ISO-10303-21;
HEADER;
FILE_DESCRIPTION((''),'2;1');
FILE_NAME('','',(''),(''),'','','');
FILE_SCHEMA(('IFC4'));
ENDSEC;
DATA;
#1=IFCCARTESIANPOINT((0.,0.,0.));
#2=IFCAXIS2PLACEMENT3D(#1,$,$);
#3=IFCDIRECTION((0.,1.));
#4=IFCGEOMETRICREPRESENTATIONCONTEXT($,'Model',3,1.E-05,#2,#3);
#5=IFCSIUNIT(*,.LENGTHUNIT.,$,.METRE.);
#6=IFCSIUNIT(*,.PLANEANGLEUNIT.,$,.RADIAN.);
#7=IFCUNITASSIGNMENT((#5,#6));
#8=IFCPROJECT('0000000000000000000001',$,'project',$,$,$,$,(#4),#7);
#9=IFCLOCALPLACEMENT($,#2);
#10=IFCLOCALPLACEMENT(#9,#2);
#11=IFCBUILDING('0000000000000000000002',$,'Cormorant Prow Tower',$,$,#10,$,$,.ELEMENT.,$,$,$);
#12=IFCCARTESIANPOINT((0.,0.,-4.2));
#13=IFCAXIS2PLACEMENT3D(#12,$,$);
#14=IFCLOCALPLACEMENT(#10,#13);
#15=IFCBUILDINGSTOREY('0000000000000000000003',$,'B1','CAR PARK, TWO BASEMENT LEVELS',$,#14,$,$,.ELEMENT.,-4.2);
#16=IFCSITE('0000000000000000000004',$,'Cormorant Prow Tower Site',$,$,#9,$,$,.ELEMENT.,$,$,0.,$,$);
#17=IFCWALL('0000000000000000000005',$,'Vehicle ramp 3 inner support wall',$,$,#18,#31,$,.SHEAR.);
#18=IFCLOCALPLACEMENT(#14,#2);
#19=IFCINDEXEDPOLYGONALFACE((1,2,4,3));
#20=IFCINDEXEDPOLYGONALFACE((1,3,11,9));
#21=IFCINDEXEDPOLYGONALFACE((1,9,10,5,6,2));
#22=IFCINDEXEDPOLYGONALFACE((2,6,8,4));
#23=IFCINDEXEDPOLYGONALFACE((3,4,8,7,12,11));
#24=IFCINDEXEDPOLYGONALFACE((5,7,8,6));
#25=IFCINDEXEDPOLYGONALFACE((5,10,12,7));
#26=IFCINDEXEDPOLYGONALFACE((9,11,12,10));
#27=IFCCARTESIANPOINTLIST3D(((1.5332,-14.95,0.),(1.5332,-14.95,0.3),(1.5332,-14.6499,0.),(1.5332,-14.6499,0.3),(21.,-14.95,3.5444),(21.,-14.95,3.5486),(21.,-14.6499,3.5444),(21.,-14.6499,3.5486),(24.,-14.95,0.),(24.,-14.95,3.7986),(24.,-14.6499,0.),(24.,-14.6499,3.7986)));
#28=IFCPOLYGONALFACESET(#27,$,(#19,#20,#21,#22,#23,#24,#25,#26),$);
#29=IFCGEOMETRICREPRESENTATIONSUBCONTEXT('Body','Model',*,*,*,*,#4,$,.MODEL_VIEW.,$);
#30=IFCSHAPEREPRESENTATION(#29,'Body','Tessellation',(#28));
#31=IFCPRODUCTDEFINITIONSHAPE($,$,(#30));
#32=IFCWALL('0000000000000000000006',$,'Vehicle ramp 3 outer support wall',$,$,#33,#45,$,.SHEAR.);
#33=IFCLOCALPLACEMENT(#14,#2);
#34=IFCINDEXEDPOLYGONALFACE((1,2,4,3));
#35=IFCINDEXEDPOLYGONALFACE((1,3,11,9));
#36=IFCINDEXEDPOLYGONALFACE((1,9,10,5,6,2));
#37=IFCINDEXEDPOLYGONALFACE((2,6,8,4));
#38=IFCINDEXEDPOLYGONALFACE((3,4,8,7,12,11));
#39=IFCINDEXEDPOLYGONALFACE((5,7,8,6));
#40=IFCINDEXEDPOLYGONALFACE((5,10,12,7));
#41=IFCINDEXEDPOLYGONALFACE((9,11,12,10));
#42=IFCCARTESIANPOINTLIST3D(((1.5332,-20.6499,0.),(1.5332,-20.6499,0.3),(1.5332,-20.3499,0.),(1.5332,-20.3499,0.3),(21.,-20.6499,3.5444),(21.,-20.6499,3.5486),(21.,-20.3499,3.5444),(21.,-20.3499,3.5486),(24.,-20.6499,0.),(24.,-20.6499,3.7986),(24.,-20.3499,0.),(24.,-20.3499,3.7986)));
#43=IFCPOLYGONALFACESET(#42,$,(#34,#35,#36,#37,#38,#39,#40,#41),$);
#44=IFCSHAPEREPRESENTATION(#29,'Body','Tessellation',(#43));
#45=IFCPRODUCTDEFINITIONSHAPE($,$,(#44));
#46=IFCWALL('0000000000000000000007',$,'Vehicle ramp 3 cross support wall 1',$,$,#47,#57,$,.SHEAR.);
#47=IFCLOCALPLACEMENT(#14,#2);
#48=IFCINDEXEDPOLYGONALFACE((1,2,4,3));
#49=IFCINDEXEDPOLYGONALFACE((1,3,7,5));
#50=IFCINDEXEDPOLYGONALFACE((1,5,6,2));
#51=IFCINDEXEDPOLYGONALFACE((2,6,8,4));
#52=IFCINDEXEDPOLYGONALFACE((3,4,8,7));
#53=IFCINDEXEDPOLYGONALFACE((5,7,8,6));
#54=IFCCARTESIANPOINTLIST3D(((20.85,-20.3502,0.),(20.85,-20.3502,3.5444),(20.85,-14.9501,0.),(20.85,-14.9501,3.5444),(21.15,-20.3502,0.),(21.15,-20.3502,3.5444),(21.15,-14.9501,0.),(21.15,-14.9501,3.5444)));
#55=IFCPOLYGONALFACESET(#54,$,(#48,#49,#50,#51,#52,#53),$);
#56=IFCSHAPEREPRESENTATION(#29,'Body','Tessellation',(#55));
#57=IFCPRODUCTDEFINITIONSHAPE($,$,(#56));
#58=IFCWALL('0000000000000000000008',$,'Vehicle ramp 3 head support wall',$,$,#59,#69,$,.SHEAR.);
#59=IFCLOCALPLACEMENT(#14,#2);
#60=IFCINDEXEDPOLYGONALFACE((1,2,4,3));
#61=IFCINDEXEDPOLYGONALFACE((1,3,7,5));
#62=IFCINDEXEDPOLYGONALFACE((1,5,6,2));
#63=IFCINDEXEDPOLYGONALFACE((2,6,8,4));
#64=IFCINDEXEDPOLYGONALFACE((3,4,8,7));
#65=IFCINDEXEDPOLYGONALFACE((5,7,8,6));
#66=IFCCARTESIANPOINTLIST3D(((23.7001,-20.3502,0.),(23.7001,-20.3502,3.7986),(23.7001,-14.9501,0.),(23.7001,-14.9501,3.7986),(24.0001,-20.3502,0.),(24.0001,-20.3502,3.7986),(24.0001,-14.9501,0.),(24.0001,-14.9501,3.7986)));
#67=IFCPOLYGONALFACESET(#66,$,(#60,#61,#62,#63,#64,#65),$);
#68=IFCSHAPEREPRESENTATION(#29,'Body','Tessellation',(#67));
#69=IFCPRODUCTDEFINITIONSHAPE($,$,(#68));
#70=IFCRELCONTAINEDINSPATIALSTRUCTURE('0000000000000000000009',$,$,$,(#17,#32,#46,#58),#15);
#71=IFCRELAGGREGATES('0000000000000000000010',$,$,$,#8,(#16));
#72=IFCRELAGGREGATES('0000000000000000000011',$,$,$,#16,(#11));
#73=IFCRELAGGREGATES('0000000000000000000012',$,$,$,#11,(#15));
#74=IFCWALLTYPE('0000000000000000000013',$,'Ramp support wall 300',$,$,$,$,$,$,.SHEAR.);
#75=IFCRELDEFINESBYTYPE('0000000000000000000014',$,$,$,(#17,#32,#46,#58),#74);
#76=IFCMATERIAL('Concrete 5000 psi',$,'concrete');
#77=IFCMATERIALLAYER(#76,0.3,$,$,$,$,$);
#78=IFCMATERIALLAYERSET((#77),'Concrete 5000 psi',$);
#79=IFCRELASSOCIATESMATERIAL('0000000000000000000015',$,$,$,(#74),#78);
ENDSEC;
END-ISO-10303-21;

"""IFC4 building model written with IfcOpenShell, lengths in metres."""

from ifc_helpers import new_model, si_unit, direction, frame, frame_2d, origin, place, context, subcontext, project, spatial, polyline, rectangle, outline, extrude, material, layer, layer_set, type_object, element, save


model = new_model("IFC4")

# Units and contexts
model_context = context("Model", 3, precision=1e-05, world=origin(), true_north=direction((0.0, 1.0)))
body_context = subcontext(model_context, "Body", "Model", "MODEL_VIEW")
ifc_project = project(units=[si_unit("LENGTHUNIT", "METRE"), si_unit("PLANEANGLEUNIT", "RADIAN")], contexts=[model_context])

# Site, building, storey
site_placement = place(None, origin())
site = spatial("IfcSite", under=ifc_project, at=site_placement, Name="Cormorant Prow Tower Site", CompositionType="ELEMENT", RefElevation=0.0)
building_placement = place(site_placement, origin())
building = spatial("IfcBuilding", under=site, at=building_placement, Name="Cormorant Prow Tower", CompositionType="ELEMENT")
storey_placement = place(building_placement, frame((0.0, 0.0, -4.2)))
storey = spatial("IfcBuildingStorey", under=building, at=storey_placement, Name="B1", Description="CAR PARK, TWO BASEMENT LEVELS", CompositionType="ELEMENT", Elevation=-4.2)

# Walls
ifc_material_1 = material(Name="Concrete 5000 psi", Category="concrete")
ifc_layer_1 = layer(ifc_material_1, 0.3)
ifc_layer_set_1 = layer_set([ifc_layer_1], Name="Concrete 5000 psi")
wall_type_1 = type_object("IfcWallType", Name="Ramp support wall 300", PredefinedType="SHEAR", material=ifc_layer_set_1)
for number, where, z_axis, x_axis, name in (
    (1, (24.0, -14.8, 0.0), (0.0, 0.0, 1.0), (-1.0, 0.0, 0.0), "Vehicle ramp 3 inner support wall"),
    (2, (24.0, -20.5, 0.0), (0.0, 0.0, 1.0), (-1.0, 0.0, 0.0), "Vehicle ramp 3 outer support wall"),
):
    element("IfcWall", number, at=place(storey_placement, frame(where, z_axis=z_axis, x_axis=x_axis)), inside=storey, type_object=wall_type_1, Name=name, PredefinedType="SHEAR", context=body_context, shape_type="SweptSolid", body=[
        extrude(outline(polyline([(0.0, 0.0), (22.4668, 0.0), (22.4668, 0.3), (3.0, 3.5486), (3.0, 3.5444), (0.0, 3.7986), (0.0, 0.0)])), frame((0.0, 0.1499, 0.0), z_axis=(0.0, -1.0, 0.0), x_axis=(1.0, 0.0, 0.0)), (0.0, 0.0, 1.0), 0.3),
    ])
wall_1_placement = place(storey_placement, frame((21.0, -14.95, 0.0), z_axis=(0.0, 0.0, 1.0), x_axis=(0.0, -1.0, 0.0)))
element("IfcWall", 3, at=wall_1_placement, inside=storey, type_object=wall_type_1, Name="Vehicle ramp 3 cross support wall 1", PredefinedType="SHEAR", context=body_context, shape_type="SweptSolid", body=[
    extrude(rectangle(XDim=5.4001, YDim=0.3, at=frame_2d((2.7002, 0.0))), origin(), (0.0, 0.0, 1.0), 3.5444),
])
wall_2_placement = place(storey_placement, frame((23.8501, -14.95, 0.0), z_axis=(0.0, 0.0, 1.0), x_axis=(0.0, -1.0, 0.0)))
element("IfcWall", 4, at=wall_2_placement, inside=storey, type_object=wall_type_1, Name="Vehicle ramp 3 head support wall", PredefinedType="SHEAR", context=body_context, shape_type="SweptSolid", body=[
    extrude(rectangle(XDim=5.4001, YDim=0.3, at=frame_2d((2.7002, 0.0))), origin(), (0.0, 0.0, 1.0), 3.7986),
])

save(model, "model.ifc")
